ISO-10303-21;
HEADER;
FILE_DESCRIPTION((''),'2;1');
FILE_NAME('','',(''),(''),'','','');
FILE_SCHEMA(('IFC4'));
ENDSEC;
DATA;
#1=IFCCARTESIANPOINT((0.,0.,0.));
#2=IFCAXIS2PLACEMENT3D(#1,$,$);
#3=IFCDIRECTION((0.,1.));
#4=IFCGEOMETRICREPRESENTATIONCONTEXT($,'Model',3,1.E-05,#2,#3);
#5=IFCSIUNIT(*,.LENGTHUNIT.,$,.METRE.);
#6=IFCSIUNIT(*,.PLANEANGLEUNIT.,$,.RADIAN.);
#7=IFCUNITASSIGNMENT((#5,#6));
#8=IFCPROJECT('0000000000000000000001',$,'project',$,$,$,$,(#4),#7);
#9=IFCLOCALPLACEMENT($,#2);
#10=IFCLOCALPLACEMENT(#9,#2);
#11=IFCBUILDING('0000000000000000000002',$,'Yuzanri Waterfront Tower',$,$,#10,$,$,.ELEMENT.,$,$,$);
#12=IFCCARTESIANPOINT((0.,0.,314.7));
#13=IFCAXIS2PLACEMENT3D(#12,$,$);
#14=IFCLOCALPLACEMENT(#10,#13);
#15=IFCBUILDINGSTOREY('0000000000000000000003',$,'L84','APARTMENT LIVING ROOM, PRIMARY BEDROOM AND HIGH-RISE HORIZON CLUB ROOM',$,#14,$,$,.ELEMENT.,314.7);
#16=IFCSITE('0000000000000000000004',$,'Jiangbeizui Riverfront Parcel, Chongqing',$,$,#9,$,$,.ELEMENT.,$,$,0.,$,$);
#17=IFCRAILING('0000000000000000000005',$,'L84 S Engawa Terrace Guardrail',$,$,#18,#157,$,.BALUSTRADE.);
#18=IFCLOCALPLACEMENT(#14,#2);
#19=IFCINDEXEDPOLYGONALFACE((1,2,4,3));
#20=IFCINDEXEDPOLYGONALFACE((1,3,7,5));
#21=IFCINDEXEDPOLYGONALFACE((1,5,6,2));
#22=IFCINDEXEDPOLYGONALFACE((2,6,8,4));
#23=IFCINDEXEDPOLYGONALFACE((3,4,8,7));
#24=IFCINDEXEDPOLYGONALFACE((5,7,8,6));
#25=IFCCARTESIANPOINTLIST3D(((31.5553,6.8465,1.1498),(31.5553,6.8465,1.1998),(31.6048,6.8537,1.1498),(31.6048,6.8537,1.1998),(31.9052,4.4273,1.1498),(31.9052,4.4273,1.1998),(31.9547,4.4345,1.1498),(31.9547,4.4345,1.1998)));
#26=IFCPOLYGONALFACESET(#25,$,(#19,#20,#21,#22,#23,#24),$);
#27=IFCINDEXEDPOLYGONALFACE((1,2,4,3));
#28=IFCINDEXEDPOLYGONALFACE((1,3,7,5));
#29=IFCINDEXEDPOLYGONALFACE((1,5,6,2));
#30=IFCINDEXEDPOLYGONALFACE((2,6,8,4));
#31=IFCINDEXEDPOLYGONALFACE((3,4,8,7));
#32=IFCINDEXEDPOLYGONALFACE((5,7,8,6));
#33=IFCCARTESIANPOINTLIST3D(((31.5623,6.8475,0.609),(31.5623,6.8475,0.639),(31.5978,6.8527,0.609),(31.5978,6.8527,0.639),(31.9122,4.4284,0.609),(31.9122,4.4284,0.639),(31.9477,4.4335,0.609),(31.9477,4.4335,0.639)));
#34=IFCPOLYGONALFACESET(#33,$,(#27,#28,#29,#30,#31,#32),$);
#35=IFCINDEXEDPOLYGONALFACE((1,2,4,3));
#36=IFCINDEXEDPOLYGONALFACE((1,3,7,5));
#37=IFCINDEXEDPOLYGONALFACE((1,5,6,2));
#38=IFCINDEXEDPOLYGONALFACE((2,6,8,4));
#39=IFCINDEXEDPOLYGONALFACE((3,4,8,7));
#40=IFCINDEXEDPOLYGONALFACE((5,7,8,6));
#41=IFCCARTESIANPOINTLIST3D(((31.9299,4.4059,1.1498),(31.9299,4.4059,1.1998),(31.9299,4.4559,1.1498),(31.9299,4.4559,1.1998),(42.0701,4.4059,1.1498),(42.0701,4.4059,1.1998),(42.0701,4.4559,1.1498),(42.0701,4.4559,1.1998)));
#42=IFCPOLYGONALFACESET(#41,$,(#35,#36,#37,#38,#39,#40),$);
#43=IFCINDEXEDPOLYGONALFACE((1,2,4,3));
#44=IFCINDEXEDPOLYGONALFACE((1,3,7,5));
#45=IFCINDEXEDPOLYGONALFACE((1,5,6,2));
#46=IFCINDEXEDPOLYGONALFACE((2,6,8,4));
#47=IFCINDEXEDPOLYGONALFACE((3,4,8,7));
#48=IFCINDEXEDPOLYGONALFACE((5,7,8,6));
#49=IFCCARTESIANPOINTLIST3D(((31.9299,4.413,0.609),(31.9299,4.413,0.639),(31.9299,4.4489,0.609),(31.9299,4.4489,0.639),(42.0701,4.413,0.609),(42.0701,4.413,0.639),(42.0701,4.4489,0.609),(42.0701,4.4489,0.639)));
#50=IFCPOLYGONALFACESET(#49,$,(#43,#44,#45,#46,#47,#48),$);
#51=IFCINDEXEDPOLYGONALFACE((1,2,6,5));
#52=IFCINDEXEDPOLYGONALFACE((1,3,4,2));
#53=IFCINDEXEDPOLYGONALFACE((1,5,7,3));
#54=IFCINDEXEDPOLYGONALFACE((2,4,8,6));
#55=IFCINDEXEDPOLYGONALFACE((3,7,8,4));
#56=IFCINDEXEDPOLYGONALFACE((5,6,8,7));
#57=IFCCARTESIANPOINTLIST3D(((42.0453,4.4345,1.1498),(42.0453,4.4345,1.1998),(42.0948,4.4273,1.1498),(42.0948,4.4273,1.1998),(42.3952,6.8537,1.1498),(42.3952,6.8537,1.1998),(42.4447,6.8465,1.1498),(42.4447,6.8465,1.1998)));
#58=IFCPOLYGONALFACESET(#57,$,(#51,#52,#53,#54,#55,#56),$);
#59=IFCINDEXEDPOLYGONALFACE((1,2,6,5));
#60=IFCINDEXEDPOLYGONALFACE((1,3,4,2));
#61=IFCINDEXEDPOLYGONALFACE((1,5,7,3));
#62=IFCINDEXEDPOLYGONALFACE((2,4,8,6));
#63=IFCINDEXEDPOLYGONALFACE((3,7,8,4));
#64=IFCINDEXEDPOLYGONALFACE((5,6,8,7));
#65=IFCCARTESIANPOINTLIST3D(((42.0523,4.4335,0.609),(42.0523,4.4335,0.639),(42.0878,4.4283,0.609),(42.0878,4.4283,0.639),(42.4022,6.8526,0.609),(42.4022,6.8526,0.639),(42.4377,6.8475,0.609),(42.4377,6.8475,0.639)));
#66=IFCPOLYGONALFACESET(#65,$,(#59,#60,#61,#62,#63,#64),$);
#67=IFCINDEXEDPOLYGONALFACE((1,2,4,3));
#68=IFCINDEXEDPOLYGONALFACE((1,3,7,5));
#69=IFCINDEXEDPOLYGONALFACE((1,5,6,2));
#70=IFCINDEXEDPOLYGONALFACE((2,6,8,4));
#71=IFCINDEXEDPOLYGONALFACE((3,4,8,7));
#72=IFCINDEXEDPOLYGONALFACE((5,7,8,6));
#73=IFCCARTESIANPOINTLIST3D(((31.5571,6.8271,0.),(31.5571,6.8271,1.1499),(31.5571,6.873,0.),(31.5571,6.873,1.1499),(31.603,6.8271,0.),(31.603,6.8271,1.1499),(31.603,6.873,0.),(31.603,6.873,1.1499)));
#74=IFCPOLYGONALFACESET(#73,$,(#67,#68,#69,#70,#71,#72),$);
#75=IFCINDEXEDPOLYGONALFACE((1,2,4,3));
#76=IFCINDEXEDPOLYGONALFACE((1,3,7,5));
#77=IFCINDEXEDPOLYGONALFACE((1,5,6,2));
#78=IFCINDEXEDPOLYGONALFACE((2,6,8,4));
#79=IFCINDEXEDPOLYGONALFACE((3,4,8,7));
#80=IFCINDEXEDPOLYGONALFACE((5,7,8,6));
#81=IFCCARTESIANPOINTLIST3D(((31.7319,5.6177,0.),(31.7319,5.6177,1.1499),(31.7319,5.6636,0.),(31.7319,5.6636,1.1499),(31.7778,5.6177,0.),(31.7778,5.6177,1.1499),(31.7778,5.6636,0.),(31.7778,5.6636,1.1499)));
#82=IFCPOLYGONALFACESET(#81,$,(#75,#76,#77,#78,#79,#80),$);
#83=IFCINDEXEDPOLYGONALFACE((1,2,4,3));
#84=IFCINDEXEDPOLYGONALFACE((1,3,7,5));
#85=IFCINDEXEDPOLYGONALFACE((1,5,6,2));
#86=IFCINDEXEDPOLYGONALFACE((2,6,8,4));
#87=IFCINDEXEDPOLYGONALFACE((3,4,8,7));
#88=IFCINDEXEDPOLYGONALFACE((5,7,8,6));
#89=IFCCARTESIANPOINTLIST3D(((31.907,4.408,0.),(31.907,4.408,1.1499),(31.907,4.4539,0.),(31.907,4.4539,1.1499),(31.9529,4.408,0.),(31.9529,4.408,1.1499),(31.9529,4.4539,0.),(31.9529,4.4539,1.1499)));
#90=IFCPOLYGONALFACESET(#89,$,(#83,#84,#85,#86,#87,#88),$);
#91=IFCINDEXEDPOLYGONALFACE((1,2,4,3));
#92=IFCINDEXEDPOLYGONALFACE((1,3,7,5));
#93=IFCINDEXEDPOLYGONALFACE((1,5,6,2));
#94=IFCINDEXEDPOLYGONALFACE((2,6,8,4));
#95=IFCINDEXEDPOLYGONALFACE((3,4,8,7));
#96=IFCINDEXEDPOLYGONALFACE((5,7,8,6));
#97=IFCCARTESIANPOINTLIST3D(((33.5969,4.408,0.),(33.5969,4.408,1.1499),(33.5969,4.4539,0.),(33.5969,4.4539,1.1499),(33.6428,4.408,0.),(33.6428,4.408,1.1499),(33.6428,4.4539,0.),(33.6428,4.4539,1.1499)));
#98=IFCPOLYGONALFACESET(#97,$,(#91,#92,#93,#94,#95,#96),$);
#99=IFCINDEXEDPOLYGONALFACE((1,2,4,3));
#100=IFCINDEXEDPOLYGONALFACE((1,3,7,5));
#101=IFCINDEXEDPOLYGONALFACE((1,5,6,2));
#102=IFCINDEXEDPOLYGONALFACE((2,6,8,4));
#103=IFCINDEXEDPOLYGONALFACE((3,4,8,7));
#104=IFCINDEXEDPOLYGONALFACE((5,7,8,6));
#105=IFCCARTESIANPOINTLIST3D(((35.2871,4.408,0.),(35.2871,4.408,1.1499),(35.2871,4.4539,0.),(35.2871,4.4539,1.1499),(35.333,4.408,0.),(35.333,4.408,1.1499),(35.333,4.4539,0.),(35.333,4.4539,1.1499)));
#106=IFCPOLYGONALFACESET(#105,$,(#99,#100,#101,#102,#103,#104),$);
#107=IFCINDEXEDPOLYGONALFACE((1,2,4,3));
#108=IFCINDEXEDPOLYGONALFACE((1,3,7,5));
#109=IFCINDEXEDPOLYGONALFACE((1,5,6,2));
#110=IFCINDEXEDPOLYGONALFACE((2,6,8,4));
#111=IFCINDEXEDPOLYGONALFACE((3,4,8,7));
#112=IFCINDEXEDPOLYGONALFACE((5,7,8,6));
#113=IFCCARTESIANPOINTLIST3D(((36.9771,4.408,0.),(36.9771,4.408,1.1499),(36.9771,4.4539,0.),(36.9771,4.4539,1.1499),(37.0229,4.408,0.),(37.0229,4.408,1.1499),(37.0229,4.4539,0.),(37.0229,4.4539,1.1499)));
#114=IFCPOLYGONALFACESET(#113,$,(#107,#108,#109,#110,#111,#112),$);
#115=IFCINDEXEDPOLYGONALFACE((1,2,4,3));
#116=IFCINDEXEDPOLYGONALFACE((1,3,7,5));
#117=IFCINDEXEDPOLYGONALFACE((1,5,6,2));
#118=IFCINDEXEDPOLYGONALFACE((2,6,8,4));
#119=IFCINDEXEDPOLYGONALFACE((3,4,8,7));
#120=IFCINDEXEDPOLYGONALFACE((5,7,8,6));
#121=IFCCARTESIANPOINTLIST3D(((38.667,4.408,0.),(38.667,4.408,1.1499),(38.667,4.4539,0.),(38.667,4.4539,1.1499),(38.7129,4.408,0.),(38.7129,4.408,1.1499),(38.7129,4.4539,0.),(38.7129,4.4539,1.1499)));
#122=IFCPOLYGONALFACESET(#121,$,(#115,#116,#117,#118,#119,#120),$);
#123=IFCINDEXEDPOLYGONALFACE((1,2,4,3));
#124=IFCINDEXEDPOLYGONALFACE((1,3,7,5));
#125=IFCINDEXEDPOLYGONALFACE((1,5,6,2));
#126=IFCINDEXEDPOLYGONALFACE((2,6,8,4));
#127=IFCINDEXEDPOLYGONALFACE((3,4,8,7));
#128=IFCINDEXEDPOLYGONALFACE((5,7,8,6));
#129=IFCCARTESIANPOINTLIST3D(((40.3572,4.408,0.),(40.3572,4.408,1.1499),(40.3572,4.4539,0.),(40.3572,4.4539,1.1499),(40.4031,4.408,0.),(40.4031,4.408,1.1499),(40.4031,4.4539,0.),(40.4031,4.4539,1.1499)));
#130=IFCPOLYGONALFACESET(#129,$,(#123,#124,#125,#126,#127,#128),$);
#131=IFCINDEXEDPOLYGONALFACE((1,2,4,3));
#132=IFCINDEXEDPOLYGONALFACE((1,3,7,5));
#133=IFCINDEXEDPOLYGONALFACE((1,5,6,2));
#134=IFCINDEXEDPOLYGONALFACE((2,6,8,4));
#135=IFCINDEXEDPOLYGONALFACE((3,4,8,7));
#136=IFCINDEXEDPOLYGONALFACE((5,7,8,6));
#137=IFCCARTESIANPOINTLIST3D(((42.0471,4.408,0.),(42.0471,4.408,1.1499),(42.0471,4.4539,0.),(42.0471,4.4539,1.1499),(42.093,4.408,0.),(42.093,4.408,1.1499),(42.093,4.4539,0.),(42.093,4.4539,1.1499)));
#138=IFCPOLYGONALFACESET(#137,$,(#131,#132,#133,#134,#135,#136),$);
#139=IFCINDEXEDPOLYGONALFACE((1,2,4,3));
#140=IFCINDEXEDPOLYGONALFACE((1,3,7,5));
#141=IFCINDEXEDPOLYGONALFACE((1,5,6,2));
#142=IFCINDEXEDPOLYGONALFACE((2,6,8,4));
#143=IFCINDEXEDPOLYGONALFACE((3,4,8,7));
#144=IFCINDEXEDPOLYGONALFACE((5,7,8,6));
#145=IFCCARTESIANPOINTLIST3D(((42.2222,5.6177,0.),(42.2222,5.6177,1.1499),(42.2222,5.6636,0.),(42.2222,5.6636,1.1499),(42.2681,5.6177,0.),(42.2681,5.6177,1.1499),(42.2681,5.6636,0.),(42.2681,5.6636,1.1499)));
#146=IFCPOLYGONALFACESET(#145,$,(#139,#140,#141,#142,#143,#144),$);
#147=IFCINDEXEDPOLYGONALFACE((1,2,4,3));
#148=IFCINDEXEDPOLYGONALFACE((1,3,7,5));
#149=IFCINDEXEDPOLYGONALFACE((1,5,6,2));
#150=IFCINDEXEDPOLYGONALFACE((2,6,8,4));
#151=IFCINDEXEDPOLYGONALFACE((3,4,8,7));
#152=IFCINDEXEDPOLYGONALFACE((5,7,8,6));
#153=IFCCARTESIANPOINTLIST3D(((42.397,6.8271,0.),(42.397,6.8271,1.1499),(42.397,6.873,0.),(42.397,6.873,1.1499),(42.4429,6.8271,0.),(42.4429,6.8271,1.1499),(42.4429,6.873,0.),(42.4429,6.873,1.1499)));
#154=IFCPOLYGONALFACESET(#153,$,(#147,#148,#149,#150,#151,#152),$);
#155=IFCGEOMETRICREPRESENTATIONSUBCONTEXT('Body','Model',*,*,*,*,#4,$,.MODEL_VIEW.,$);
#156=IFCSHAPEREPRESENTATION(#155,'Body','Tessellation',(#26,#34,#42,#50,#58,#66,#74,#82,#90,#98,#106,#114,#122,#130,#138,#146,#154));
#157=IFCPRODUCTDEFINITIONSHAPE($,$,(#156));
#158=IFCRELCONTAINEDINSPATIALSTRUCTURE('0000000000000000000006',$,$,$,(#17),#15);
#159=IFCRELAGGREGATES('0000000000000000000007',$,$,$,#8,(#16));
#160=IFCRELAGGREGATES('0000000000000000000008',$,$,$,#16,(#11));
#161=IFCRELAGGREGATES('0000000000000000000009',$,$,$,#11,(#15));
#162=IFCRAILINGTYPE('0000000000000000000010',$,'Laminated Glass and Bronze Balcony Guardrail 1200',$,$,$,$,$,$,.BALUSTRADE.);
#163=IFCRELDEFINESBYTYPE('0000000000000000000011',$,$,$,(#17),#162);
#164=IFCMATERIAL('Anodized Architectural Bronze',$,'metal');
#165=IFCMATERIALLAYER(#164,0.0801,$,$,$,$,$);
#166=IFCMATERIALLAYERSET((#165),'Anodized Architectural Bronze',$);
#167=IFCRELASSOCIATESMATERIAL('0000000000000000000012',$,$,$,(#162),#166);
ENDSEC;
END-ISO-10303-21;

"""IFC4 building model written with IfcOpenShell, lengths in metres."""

from ifc_helpers import new_model, si_unit, direction, frame, origin, origin_2d, place, context, subcontext, project, spatial, rectangle, extrude, source, transform, mapped, material, layer, layer_set, type_object, element, save


model = new_model("IFC4")

# Units and contexts
model_context = context("Model", 3, precision=1e-05, world=origin(), true_north=direction((0.0, 1.0)))
body_context = subcontext(model_context, "Body", "Model", "MODEL_VIEW")
ifc_project = project(units=[si_unit("LENGTHUNIT", "METRE"), si_unit("PLANEANGLEUNIT", "RADIAN")], contexts=[model_context])

# Site, building, storey
site_placement = place(None, origin())
site = spatial("IfcSite", under=ifc_project, at=site_placement, Name="Jiangbeizui Riverfront Parcel, Chongqing", CompositionType="ELEMENT", RefElevation=0.0)
building_placement = place(site_placement, origin())
building = spatial("IfcBuilding", under=site, at=building_placement, Name="Yuzanri Waterfront Tower", CompositionType="ELEMENT")
storey_placement = place(building_placement, frame((0.0, 0.0, 314.7)))
storey = spatial("IfcBuildingStorey", under=building, at=storey_placement, Name="L84", Description="APARTMENT LIVING ROOM, PRIMARY BEDROOM AND HIGH-RISE HORIZON CLUB ROOM", CompositionType="ELEMENT", Elevation=314.7)

# Railing
ifc_material_1 = material(Name="Anodized Architectural Bronze", Category="metal")
ifc_layer_1 = layer(ifc_material_1, 0.0801)
ifc_layer_set_1 = layer_set([ifc_layer_1], Name="Anodized Architectural Bronze")
railing_type = type_object("IfcRailingType", Name="Laminated Glass and Bronze Balcony Guardrail 1200", PredefinedType="BALUSTRADE", material=ifc_layer_set_1)
shared_shape_1 = source(origin(), body_context, "Body", "SweptSolid", [
    extrude(rectangle(XDim=0.05, YDim=0.05, at=origin_2d()), frame((0.0, 0.0, 1.1748), z_axis=(0.143127, -0.989704, 0.0), x_axis=(0.989704, 0.143127, 0.0)), (0.0, 0.0, 1.0), 2.4443),
    extrude(rectangle(XDim=0.0359, YDim=0.03, at=origin_2d()), frame((0.0, 0.0, 0.624), z_axis=(0.143127, -0.989704, 0.0), x_axis=(0.989704, 0.143127, 0.0)), (0.0, 0.0, 1.0), 2.4443),
    extrude(rectangle(XDim=0.05, YDim=0.05, at=origin_2d()), frame((0.3499, -2.4192, 1.1748), z_axis=(1.0, 0.0, 0.0), x_axis=(0.0, 1.0, 0.0)), (0.0, 0.0, 1.0), 10.1401),
    extrude(rectangle(XDim=0.0359, YDim=0.03, at=origin_2d()), frame((0.3499, -2.4192, 0.624), z_axis=(1.0, 0.0, 0.0), x_axis=(0.0, 1.0, 0.0)), (0.0, 0.0, 1.0), 10.1401),
    extrude(rectangle(XDim=0.05, YDim=0.05, at=origin_2d()), frame((10.49, -2.4192, 1.1748), z_axis=(0.143127, 0.989704, 0.0), x_axis=(-0.989704, 0.143127, 0.0)), (0.0, 0.0, 1.0), 2.4443),
    extrude(rectangle(XDim=0.0359, YDim=0.03, at=origin_2d()), frame((10.49, -2.4192, 0.624), z_axis=(0.143127, 0.989704, 0.0), x_axis=(-0.989704, 0.143127, 0.0)), (0.0, 0.0, 1.0), 2.4443),
    extrude(rectangle(XDim=0.0459, YDim=0.0459, at=origin_2d()), origin(), (0.0, 0.0, 1.0), 1.1499),
    extrude(rectangle(XDim=0.0459, YDim=0.0459, at=origin_2d()), frame((0.1748, -1.2095, 0.0)), (0.0, 0.0, 1.0), 1.1499),
    extrude(rectangle(XDim=0.0459, YDim=0.0459, at=origin_2d()), frame((0.3499, -2.4192, 0.0)), (0.0, 0.0, 1.0), 1.1499),
    extrude(rectangle(XDim=0.0459, YDim=0.0459, at=origin_2d()), frame((2.0398, -2.4192, 0.0)), (0.0, 0.0, 1.0), 1.1499),
    extrude(rectangle(XDim=0.0459, YDim=0.0459, at=origin_2d()), frame((3.73, -2.4192, 0.0)), (0.0, 0.0, 1.0), 1.1499),
    extrude(rectangle(XDim=0.0459, YDim=0.0459, at=origin_2d()), frame((5.4199, -2.4192, 0.0)), (0.0, 0.0, 1.0), 1.1499),
    extrude(rectangle(XDim=0.0459, YDim=0.0459, at=origin_2d()), frame((7.1099, -2.4192, 0.0)), (0.0, 0.0, 1.0), 1.1499),
    extrude(rectangle(XDim=0.0459, YDim=0.0459, at=origin_2d()), frame((8.8, -2.4192, 0.0)), (0.0, 0.0, 1.0), 1.1499),
    extrude(rectangle(XDim=0.0459, YDim=0.0459, at=origin_2d()), frame((10.49, -2.4192, 0.0)), (0.0, 0.0, 1.0), 1.1499),
    extrude(rectangle(XDim=0.0459, YDim=0.0459, at=origin_2d()), frame((10.665, -1.2095, 0.0)), (0.0, 0.0, 1.0), 1.1499),
    extrude(rectangle(XDim=0.0459, YDim=0.0459, at=origin_2d()), frame((10.8398, 0.0, 0.0)), (0.0, 0.0, 1.0), 1.1499),
])
railing_placement = place(storey_placement, frame((31.5801, 6.8501, 0.0)))
element("IfcRailing", 1, at=railing_placement, inside=storey, type_object=railing_type, Name="L84 S Engawa Terrace Guardrail", PredefinedType="BALUSTRADE", context=body_context, shape_type="MappedRepresentation", body=[
    mapped(shared_shape_1, transform((0.0, 0.0, 0.0), scale=1.0)),
])

save(model, "model.ifc")
